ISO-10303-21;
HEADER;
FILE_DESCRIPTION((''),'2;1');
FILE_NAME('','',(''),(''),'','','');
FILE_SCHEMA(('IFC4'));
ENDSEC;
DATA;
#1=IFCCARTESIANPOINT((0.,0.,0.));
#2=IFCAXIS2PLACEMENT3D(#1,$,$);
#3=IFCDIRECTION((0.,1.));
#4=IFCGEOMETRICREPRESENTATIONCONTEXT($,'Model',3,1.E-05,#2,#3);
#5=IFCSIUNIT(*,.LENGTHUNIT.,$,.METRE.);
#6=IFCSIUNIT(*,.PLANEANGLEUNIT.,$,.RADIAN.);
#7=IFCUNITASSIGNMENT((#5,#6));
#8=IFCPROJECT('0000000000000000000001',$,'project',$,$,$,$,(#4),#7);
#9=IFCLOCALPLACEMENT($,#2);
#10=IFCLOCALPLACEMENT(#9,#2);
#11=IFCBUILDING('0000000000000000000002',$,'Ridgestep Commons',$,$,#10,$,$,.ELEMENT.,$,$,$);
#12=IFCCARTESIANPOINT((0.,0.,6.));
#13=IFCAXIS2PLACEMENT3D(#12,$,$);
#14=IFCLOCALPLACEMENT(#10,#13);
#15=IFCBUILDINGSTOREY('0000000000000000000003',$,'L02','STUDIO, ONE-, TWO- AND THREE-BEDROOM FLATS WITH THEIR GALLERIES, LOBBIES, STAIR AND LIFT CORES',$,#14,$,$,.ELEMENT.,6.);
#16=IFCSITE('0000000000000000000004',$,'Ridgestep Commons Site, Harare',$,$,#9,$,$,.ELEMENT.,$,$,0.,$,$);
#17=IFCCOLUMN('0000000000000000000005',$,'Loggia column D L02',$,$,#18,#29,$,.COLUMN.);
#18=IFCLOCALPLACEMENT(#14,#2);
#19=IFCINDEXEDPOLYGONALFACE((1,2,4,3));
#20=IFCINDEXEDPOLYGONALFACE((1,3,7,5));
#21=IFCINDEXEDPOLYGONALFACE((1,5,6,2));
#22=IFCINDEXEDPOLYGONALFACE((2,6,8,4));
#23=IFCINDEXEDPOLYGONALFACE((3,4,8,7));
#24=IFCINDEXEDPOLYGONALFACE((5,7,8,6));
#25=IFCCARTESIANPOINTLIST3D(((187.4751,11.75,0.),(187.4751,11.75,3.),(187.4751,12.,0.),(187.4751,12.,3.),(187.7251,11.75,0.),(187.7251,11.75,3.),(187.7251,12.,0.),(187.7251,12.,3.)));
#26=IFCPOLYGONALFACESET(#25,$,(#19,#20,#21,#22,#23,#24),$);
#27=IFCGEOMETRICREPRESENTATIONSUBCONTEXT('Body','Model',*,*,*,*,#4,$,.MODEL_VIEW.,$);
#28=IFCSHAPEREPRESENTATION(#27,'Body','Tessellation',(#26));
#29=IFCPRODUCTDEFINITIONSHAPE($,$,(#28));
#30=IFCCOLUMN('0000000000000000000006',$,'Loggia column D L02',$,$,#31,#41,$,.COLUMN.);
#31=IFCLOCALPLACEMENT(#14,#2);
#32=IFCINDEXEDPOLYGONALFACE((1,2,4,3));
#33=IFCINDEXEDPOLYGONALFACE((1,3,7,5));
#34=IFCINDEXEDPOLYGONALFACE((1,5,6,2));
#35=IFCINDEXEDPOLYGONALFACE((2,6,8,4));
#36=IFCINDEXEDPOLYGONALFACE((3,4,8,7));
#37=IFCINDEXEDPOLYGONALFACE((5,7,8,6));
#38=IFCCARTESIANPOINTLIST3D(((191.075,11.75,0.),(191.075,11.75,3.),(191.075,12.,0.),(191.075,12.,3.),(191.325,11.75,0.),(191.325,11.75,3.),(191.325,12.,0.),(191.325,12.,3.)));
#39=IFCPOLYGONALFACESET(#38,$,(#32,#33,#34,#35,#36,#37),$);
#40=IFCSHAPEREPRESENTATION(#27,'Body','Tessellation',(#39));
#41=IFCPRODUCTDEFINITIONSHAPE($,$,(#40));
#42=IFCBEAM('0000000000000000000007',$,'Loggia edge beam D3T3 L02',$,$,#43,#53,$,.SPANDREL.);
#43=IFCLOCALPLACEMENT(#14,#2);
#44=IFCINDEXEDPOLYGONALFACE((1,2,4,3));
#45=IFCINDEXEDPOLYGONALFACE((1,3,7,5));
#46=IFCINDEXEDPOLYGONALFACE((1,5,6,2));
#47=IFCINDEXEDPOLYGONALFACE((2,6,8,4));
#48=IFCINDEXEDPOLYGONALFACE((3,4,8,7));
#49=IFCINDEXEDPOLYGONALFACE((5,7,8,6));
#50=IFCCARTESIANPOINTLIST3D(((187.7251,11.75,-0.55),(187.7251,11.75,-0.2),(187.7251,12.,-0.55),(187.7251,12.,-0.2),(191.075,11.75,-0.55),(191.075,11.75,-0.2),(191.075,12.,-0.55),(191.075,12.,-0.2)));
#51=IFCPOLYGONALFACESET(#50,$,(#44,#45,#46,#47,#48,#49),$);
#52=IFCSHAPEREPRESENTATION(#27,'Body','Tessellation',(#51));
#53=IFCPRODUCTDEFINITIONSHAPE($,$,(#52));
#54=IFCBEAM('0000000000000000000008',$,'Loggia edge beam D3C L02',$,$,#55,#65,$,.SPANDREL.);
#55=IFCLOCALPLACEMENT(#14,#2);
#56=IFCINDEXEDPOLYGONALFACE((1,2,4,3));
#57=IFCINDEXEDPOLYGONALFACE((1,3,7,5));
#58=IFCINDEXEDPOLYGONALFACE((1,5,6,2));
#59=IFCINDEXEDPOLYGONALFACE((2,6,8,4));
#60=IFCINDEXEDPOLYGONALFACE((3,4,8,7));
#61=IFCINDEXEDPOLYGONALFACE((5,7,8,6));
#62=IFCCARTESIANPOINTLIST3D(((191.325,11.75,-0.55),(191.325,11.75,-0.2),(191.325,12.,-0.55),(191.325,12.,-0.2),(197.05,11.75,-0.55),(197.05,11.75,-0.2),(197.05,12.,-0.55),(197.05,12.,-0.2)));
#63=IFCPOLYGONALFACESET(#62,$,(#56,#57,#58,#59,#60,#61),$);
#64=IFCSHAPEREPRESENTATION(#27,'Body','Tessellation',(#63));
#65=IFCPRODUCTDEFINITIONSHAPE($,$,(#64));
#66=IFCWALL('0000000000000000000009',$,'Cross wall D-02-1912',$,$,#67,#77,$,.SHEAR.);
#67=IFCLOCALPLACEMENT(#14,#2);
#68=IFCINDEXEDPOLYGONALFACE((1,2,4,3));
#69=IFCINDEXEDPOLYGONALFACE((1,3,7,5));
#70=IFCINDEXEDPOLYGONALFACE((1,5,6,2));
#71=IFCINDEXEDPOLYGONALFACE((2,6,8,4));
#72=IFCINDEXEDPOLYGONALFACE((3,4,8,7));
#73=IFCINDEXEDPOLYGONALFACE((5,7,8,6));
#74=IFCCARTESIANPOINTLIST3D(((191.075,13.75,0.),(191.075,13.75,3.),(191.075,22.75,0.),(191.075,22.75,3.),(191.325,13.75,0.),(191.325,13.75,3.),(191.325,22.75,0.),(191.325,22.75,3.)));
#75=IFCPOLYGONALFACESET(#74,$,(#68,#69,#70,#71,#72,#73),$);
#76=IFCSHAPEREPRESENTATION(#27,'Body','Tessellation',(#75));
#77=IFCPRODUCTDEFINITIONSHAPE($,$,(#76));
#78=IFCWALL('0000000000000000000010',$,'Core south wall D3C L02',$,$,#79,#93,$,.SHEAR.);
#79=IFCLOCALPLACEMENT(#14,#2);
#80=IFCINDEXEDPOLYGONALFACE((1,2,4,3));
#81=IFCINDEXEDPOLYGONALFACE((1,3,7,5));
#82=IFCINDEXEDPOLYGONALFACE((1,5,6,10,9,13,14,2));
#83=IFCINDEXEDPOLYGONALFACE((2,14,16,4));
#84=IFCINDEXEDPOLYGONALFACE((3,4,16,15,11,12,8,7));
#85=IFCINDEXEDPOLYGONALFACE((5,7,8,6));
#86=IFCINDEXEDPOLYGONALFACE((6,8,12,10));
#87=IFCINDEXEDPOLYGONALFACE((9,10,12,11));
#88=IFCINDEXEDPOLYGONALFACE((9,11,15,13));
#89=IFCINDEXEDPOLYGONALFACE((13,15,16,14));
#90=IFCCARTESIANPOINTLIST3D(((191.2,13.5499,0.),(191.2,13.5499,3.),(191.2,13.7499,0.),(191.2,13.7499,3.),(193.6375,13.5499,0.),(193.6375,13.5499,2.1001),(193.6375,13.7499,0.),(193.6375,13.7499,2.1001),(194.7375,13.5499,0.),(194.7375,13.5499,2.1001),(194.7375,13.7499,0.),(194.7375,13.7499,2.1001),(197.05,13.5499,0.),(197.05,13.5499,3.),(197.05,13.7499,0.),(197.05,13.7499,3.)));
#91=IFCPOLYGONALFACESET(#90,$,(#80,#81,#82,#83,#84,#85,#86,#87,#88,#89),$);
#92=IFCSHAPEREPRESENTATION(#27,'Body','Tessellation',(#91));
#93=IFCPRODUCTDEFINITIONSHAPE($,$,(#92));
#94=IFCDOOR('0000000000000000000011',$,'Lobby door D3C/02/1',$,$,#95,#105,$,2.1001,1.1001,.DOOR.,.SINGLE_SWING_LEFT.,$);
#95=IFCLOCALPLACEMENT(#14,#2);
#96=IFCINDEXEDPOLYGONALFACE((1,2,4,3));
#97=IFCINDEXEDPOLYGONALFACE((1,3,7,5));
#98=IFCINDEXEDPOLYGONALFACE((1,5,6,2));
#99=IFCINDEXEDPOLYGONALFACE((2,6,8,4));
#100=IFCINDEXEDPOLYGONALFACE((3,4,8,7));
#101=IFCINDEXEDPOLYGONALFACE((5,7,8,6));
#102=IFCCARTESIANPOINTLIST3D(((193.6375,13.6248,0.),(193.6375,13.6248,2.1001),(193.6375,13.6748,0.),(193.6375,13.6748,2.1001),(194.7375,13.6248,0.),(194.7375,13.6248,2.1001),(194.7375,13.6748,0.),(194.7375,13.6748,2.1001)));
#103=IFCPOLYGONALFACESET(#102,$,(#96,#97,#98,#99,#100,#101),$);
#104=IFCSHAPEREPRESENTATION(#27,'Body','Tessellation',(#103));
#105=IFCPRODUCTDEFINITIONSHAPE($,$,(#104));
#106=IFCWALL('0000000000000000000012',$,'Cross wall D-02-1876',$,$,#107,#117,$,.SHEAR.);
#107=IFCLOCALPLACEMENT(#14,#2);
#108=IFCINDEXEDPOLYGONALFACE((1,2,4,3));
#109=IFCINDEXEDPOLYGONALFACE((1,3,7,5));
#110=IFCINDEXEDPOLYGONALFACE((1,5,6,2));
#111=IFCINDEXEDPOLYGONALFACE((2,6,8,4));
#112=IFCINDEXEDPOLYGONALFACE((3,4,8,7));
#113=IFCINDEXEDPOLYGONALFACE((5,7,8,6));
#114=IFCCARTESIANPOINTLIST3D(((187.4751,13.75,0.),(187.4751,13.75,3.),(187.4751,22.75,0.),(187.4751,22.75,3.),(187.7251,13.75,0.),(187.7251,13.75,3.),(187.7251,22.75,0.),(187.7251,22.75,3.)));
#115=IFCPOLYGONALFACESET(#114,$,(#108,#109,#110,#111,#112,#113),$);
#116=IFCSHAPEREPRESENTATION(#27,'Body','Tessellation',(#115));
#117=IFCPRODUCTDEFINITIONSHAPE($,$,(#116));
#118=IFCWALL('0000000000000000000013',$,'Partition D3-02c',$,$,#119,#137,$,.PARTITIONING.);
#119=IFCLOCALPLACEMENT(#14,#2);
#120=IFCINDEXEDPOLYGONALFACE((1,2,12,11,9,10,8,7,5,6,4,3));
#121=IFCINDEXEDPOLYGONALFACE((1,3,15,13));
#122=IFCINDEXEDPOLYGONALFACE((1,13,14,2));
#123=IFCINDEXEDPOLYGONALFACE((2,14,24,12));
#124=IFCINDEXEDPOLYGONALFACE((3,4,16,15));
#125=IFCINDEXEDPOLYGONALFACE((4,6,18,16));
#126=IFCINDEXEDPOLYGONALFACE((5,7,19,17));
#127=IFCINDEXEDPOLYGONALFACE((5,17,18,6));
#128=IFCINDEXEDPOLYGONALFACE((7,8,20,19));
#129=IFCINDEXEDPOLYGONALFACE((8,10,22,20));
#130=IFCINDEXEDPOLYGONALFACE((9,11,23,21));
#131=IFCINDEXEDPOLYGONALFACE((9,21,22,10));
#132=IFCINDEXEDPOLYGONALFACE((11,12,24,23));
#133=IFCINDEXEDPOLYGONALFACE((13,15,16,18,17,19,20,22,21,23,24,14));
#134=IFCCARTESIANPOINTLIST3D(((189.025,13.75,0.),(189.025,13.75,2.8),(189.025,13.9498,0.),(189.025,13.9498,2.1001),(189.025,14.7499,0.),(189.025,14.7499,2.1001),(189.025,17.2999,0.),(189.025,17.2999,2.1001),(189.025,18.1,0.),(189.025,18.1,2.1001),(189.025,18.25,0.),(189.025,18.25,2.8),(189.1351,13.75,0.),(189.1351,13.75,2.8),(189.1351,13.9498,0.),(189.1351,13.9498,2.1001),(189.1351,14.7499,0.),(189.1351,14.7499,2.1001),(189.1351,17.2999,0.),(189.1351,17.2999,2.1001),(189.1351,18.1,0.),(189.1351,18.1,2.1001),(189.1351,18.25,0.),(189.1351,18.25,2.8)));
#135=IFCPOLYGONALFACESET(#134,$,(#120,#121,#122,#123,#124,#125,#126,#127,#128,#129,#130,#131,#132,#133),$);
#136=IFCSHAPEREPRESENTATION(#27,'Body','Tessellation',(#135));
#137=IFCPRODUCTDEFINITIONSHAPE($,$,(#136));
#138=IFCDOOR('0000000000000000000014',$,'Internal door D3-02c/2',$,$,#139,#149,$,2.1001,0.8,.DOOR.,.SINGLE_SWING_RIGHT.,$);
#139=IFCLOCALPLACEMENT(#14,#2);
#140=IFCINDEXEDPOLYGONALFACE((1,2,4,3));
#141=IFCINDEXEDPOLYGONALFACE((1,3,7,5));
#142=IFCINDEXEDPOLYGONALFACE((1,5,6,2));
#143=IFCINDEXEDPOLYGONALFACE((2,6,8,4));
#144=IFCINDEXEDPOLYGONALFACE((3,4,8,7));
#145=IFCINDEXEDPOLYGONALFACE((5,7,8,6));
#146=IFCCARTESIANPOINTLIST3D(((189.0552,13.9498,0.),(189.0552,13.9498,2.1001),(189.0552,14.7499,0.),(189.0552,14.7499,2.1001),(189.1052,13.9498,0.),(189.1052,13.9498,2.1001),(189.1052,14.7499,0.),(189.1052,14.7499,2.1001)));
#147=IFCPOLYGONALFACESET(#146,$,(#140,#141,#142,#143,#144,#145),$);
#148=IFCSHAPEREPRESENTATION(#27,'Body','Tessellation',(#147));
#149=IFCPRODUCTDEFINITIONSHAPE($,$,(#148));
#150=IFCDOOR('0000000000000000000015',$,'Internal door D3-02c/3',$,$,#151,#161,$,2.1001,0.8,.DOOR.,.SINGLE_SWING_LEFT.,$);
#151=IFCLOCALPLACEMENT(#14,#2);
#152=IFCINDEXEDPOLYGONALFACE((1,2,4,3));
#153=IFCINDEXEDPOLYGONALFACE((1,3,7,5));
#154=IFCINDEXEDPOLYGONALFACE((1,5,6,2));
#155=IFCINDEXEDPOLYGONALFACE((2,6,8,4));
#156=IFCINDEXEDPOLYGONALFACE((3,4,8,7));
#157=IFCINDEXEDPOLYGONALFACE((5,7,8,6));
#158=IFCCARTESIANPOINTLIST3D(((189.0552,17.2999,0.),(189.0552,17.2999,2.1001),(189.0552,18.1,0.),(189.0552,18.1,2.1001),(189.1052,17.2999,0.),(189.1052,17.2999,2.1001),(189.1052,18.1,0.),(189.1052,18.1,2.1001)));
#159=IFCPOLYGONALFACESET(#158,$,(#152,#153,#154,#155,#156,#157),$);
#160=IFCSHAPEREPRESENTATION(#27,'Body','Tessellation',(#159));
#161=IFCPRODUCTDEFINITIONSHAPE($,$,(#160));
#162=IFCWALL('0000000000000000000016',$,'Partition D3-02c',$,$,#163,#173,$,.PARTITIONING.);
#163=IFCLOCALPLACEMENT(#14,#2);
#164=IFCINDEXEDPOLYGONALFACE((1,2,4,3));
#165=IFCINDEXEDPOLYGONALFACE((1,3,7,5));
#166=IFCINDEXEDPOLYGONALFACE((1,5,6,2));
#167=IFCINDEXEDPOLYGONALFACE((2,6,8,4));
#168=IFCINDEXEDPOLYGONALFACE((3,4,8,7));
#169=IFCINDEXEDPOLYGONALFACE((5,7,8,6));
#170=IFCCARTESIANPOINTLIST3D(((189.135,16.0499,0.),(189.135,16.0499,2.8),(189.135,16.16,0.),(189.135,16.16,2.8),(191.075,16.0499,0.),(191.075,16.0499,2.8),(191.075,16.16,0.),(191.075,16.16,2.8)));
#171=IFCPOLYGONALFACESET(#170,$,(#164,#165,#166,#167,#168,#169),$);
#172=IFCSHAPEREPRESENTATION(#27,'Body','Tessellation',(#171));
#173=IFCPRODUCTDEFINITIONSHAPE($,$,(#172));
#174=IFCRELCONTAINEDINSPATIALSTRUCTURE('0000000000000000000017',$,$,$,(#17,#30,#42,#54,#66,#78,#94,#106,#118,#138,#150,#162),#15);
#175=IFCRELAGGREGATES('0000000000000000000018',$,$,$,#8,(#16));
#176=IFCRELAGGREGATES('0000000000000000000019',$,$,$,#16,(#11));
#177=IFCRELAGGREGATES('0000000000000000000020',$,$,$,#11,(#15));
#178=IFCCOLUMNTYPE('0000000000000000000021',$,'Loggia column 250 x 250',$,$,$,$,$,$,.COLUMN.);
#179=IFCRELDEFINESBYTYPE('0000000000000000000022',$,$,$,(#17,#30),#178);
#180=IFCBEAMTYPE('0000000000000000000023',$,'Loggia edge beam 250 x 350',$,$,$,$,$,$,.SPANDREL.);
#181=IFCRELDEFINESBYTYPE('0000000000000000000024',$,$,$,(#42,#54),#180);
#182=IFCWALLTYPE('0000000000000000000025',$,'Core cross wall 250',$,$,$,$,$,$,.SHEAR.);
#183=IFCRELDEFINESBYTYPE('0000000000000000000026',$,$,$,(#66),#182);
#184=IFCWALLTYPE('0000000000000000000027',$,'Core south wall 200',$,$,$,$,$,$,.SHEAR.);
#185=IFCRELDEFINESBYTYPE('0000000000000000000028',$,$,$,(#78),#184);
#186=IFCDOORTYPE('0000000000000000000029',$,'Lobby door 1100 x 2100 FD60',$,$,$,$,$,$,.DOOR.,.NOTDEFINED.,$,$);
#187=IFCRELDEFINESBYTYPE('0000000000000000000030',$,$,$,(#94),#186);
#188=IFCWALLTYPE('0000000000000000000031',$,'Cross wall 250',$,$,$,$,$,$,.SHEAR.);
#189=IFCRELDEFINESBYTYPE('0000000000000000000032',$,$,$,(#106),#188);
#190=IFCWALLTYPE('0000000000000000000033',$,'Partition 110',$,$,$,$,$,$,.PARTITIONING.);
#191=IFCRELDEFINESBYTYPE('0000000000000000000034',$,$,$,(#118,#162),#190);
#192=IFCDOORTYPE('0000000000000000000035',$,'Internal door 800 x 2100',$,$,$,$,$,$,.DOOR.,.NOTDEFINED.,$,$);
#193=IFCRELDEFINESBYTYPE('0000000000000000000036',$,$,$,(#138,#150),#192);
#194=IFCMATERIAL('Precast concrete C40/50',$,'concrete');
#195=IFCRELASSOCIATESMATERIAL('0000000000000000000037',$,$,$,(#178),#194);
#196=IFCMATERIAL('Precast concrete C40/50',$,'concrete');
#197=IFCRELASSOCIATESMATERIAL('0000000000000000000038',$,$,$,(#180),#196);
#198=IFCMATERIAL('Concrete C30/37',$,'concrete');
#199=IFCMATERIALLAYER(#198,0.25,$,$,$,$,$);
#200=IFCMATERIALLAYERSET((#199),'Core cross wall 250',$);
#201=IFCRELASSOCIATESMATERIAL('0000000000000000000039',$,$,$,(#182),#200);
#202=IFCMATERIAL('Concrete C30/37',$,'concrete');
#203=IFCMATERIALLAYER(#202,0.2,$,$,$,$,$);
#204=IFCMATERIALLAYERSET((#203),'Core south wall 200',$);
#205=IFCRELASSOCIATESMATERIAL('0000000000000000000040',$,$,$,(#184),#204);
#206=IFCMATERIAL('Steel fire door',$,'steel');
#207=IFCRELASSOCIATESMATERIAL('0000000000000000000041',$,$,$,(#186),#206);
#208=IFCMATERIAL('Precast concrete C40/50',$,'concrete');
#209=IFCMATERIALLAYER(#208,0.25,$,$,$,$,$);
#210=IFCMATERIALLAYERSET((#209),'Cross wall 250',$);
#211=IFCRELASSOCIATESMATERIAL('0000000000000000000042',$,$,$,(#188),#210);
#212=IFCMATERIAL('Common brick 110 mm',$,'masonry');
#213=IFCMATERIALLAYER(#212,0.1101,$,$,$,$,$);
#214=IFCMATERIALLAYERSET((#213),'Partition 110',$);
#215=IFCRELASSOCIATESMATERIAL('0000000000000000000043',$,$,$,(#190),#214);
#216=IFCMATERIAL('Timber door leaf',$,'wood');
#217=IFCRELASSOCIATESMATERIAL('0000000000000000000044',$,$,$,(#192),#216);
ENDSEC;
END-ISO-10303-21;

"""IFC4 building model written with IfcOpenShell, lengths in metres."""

from ifc_helpers import new_model, si_unit, direction, frame, frame_2d, origin, origin_2d, place, context, subcontext, project, spatial, rectangle, extrude, material, layer, layer_set, material_profile, profile_set, type_object, element, fill, save


model = new_model("IFC4")

# Units and contexts
model_context = context("Model", 3, precision=1e-05, world=origin(), true_north=direction((0.0, 1.0)))
body_context = subcontext(model_context, "Body", "Model", "MODEL_VIEW")
ifc_project = project(units=[si_unit("LENGTHUNIT", "METRE"), si_unit("PLANEANGLEUNIT", "RADIAN")], contexts=[model_context])

# Site, building, storey
site_placement = place(None, origin())
site = spatial("IfcSite", under=ifc_project, at=site_placement, Name="Ridgestep Commons Site, Harare", CompositionType="ELEMENT", RefElevation=0.0)
building_placement = place(site_placement, origin())
building = spatial("IfcBuilding", under=site, at=building_placement, Name="Ridgestep Commons", CompositionType="ELEMENT")
storey_placement = place(building_placement, frame((0.0, 0.0, 6.0)))
storey = spatial("IfcBuildingStorey", under=building, at=storey_placement, Name="L02", Description="STUDIO, ONE-, TWO- AND THREE-BEDROOM FLATS WITH THEIR GALLERIES, LOBBIES, STAIR AND LIFT CORES", CompositionType="ELEMENT", Elevation=6.0)

# Columns
ifc_material_1 = material(Name="Precast concrete C40/50", Category="concrete")
ifc_material_profile_1 = material_profile(ifc_material_1, rectangle(XDim=0.25, YDim=0.25, at=origin_2d()), Name="PC 250x250")
ifc_profile_set_1 = profile_set([ifc_material_profile_1], Name="Precast concrete C40/50")
column_type = type_object("IfcColumnType", Name="Loggia column 250 x 250", PredefinedType="COLUMN", material=ifc_profile_set_1)
for number, where, z_axis, x_axis, name in (
    (1, (187.6001, 11.875, 0.0), (0.0, 0.0, 1.0), (1.0, 0.0, 0.0), "Loggia column D L02"),
    (2, (191.2, 11.875, 0.0), (0.0, 0.0, 1.0), (1.0, 0.0, 0.0), "Loggia column D L02"),
):
    element("IfcColumn", number, at=place(storey_placement, frame(where, z_axis=z_axis, x_axis=x_axis)), inside=storey, type_object=column_type, Name=name, PredefinedType="COLUMN", context=body_context, shape_type="SweptSolid", body=[
        extrude(rectangle(XDim=0.25, YDim=0.25, at=origin_2d()), origin(), (0.0, 0.0, 1.0), 3.0),
    ])

# Beams
ifc_material_2 = material(Name="Precast concrete C40/50", Category="concrete")
ifc_material_profile_2 = material_profile(ifc_material_2, rectangle(XDim=0.25, YDim=0.3501, at=origin_2d()), Name="PC 250x350")
ifc_profile_set_2 = profile_set([ifc_material_profile_2], Name="Precast concrete C40/50")
beam_type = type_object("IfcBeamType", Name="Loggia edge beam 250 x 350", PredefinedType="SPANDREL", material=ifc_profile_set_2)
beam_1_placement = place(storey_placement, frame((187.7251, 11.875, -0.375), z_axis=(1.0, 0.0, 0.0), x_axis=(0.0, 1.0, 0.0)))
element("IfcBeam", 3, at=beam_1_placement, inside=storey, type_object=beam_type, Name="Loggia edge beam D3T3 L02", PredefinedType="SPANDREL", context=body_context, shape_type="SweptSolid", body=[
    extrude(rectangle(XDim=0.25, YDim=0.3501, at=origin_2d()), origin(), (0.0, 0.0, 1.0), 3.3499),
])
beam_2_placement = place(storey_placement, frame((191.325, 11.875, -0.375), z_axis=(1.0, 0.0, 0.0), x_axis=(0.0, 1.0, 0.0)))
element("IfcBeam", 4, at=beam_2_placement, inside=storey, type_object=beam_type, Name="Loggia edge beam D3C L02", PredefinedType="SPANDREL", context=body_context, shape_type="SweptSolid", body=[
    extrude(rectangle(XDim=0.25, YDim=0.3501, at=origin_2d()), origin(), (0.0, 0.0, 1.0), 5.7251),
])

# Wall
ifc_material_3 = material(Name="Concrete C30/37", Category="concrete")
ifc_layer_1 = layer(ifc_material_3, 0.25)
ifc_layer_set_1 = layer_set([ifc_layer_1], Name="Core cross wall 250")
wall_type_1 = type_object("IfcWallType", Name="Core cross wall 250", PredefinedType="SHEAR", material=ifc_layer_set_1)
wall_1_placement = place(storey_placement, frame((191.2, 13.75, 0.0), z_axis=(0.0, 0.0, 1.0), x_axis=(0.0, 1.0, 0.0)))
element("IfcWall", 5, at=wall_1_placement, inside=storey, type_object=wall_type_1, Name="Cross wall D-02-1912", PredefinedType="SHEAR", context=body_context, shape_type="SweptSolid", body=[
    extrude(rectangle(XDim=9.0, YDim=0.25, at=frame_2d((4.5, 0.0))), origin(), (0.0, 0.0, 1.0), 3.0),
])

# Wall, opening, door
ifc_material_4 = material(Name="Concrete C30/37", Category="concrete")
ifc_layer_2 = layer(ifc_material_4, 0.2)
ifc_layer_set_2 = layer_set([ifc_layer_2], Name="Core south wall 200")
wall_type_2 = type_object("IfcWallType", Name="Core south wall 200", PredefinedType="SHEAR", material=ifc_layer_set_2)
wall_2_placement = place(storey_placement, frame((191.2, 13.6499, 0.0), z_axis=(0.0, 0.0, 1.0), x_axis=(1.0, 0.0, 0.0)))
wall_2 = element("IfcWall", 6, at=wall_2_placement, inside=storey, type_object=wall_type_2, Name="Core south wall D3C L02", PredefinedType="SHEAR", context=body_context, shape_type="SweptSolid", body=[
    extrude(rectangle(XDim=5.8501, YDim=0.2, at=frame_2d((2.925, 0.0))), origin(), (0.0, 0.0, 1.0), 3.0),
])
opening_1_placement = place(wall_2_placement, frame((2.4375, 0.0, 0.0)))
opening_1 = element("IfcOpeningElement", 7, at=opening_1_placement, cuts=wall_2, PredefinedType="OPENING", context=body_context, shape_type="SweptSolid", body=[
    extrude(rectangle(XDim=1.1001, YDim=2.1001, at=frame_2d((0.55, 1.05))), frame((0.0, 0.1099, 0.0), z_axis=(0.0, -1.0, 0.0), x_axis=(1.0, 0.0, 0.0)), (0.0, 0.0, 1.0), 0.22),
])
ifc_material_5 = material(Name="Steel fire door", Category="steel")
door_type_1 = type_object("IfcDoorType", Name="Lobby door 1100 x 2100 FD60", OperationType="NOTDEFINED", PredefinedType="DOOR", material=ifc_material_5)
door_1_placement = place(opening_1_placement, origin())
door_1 = element("IfcDoor", 8, at=door_1_placement, inside=storey, type_object=door_type_1, Name="Lobby door D3C/02/1", OperationType="SINGLE_SWING_LEFT", OverallHeight=2.1001, OverallWidth=1.1001, PredefinedType="DOOR", context=body_context, shape_type="SweptSolid", body=[
    extrude(rectangle(XDim=1.1001, YDim=2.1001, at=frame_2d((0.55, 1.05))), frame((0.0, 0.0249, 0.0), z_axis=(0.0, -1.0, 0.0), x_axis=(1.0, 0.0, 0.0)), (0.0, 0.0, 1.0), 0.05),
])
fill(opening_1, door_1)

# Wall
ifc_material_6 = material(Name="Precast concrete C40/50", Category="concrete")
ifc_layer_3 = layer(ifc_material_6, 0.25)
ifc_layer_set_3 = layer_set([ifc_layer_3], Name="Cross wall 250")
wall_type_3 = type_object("IfcWallType", Name="Cross wall 250", PredefinedType="SHEAR", material=ifc_layer_set_3)
wall_3_placement = place(storey_placement, frame((187.6001, 13.75, 0.0), z_axis=(0.0, 0.0, 1.0), x_axis=(0.0, 1.0, 0.0)))
element("IfcWall", 9, at=wall_3_placement, inside=storey, type_object=wall_type_3, Name="Cross wall D-02-1876", PredefinedType="SHEAR", context=body_context, shape_type="SweptSolid", body=[
    extrude(rectangle(XDim=9.0, YDim=0.25, at=frame_2d((4.5, 0.0))), origin(), (0.0, 0.0, 1.0), 3.0),
])

# Wall, openings, doors
ifc_material_7 = material(Name="Common brick 110 mm", Category="masonry")
ifc_layer_4 = layer(ifc_material_7, 0.1101)
ifc_layer_set_4 = layer_set([ifc_layer_4], Name="Partition 110")
wall_type_4 = type_object("IfcWallType", Name="Partition 110", PredefinedType="PARTITIONING", material=ifc_layer_set_4)
wall_4_placement = place(storey_placement, frame((189.0801, 13.75, 0.0), z_axis=(0.0, 0.0, 1.0), x_axis=(0.0, 1.0, 0.0)))
wall_4 = element("IfcWall", 10, at=wall_4_placement, inside=storey, type_object=wall_type_4, Name="Partition D3-02c", PredefinedType="PARTITIONING", context=body_context, shape_type="SweptSolid", body=[
    extrude(rectangle(XDim=4.5, YDim=0.1101, at=frame_2d((2.25, 0.0))), origin(), (0.0, 0.0, 1.0), 2.8),
])
opening_2_placement = place(wall_4_placement, frame((0.2, 0.0, 0.0)))
opening_2 = element("IfcOpeningElement", 11, at=opening_2_placement, cuts=wall_4, PredefinedType="OPENING", context=body_context, shape_type="SweptSolid", body=[
    extrude(rectangle(XDim=0.8, YDim=2.1001, at=frame_2d((0.3999, 1.05))), frame((0.0, 0.0649, 0.0), z_axis=(0.0, -1.0, 0.0), x_axis=(1.0, 0.0, 0.0)), (0.0, 0.0, 1.0), 0.1301),
])
opening_3_placement = place(wall_4_placement, frame((3.55, 0.0, 0.0)))
opening_3 = element("IfcOpeningElement", 12, at=opening_3_placement, cuts=wall_4, PredefinedType="OPENING", context=body_context, shape_type="SweptSolid", body=[
    extrude(rectangle(XDim=0.8, YDim=2.1001, at=frame_2d((0.3999, 1.05))), frame((0.0, 0.0649, 0.0), z_axis=(0.0, -1.0, 0.0), x_axis=(1.0, 0.0, 0.0)), (0.0, 0.0, 1.0), 0.1301),
])
ifc_material_8 = material(Name="Timber door leaf", Category="wood")
door_type_2 = type_object("IfcDoorType", Name="Internal door 800 x 2100", OperationType="NOTDEFINED", PredefinedType="DOOR", material=ifc_material_8)
door_2_placement = place(opening_2_placement, origin())
door_2 = element("IfcDoor", 13, at=door_2_placement, inside=storey, type_object=door_type_2, Name="Internal door D3-02c/2", OperationType="SINGLE_SWING_RIGHT", OverallHeight=2.1001, OverallWidth=0.8, PredefinedType="DOOR", context=body_context, shape_type="SweptSolid", body=[
    extrude(rectangle(XDim=0.8, YDim=2.1001, at=frame_2d((0.3999, 1.05))), frame((0.0, 0.0249, 0.0), z_axis=(0.0, -1.0, 0.0), x_axis=(1.0, 0.0, 0.0)), (0.0, 0.0, 1.0), 0.05),
])
fill(opening_2, door_2)
door_3_placement = place(opening_3_placement, origin())
door_3 = element("IfcDoor", 14, at=door_3_placement, inside=storey, type_object=door_type_2, Name="Internal door D3-02c/3", OperationType="SINGLE_SWING_LEFT", OverallHeight=2.1001, OverallWidth=0.8, PredefinedType="DOOR", context=body_context, shape_type="SweptSolid", body=[
    extrude(rectangle(XDim=0.8, YDim=2.1001, at=frame_2d((0.3999, 1.05))), frame((0.0, 0.0249, 0.0), z_axis=(0.0, -1.0, 0.0), x_axis=(1.0, 0.0, 0.0)), (0.0, 0.0, 1.0), 0.05),
])
fill(opening_3, door_3)

# Wall
wall_5_placement = place(storey_placement, frame((189.135, 16.105, 0.0), z_axis=(0.0, 0.0, 1.0), x_axis=(1.0, 0.0, 0.0)))
element("IfcWall", 15, at=wall_5_placement, inside=storey, type_object=wall_type_4, Name="Partition D3-02c", PredefinedType="PARTITIONING", context=body_context, shape_type="SweptSolid", body=[
    extrude(rectangle(XDim=1.9399, YDim=0.1101, at=frame_2d((0.97, 0.0))), origin(), (0.0, 0.0, 1.0), 2.8),
])

save(model, "model.ifc")
